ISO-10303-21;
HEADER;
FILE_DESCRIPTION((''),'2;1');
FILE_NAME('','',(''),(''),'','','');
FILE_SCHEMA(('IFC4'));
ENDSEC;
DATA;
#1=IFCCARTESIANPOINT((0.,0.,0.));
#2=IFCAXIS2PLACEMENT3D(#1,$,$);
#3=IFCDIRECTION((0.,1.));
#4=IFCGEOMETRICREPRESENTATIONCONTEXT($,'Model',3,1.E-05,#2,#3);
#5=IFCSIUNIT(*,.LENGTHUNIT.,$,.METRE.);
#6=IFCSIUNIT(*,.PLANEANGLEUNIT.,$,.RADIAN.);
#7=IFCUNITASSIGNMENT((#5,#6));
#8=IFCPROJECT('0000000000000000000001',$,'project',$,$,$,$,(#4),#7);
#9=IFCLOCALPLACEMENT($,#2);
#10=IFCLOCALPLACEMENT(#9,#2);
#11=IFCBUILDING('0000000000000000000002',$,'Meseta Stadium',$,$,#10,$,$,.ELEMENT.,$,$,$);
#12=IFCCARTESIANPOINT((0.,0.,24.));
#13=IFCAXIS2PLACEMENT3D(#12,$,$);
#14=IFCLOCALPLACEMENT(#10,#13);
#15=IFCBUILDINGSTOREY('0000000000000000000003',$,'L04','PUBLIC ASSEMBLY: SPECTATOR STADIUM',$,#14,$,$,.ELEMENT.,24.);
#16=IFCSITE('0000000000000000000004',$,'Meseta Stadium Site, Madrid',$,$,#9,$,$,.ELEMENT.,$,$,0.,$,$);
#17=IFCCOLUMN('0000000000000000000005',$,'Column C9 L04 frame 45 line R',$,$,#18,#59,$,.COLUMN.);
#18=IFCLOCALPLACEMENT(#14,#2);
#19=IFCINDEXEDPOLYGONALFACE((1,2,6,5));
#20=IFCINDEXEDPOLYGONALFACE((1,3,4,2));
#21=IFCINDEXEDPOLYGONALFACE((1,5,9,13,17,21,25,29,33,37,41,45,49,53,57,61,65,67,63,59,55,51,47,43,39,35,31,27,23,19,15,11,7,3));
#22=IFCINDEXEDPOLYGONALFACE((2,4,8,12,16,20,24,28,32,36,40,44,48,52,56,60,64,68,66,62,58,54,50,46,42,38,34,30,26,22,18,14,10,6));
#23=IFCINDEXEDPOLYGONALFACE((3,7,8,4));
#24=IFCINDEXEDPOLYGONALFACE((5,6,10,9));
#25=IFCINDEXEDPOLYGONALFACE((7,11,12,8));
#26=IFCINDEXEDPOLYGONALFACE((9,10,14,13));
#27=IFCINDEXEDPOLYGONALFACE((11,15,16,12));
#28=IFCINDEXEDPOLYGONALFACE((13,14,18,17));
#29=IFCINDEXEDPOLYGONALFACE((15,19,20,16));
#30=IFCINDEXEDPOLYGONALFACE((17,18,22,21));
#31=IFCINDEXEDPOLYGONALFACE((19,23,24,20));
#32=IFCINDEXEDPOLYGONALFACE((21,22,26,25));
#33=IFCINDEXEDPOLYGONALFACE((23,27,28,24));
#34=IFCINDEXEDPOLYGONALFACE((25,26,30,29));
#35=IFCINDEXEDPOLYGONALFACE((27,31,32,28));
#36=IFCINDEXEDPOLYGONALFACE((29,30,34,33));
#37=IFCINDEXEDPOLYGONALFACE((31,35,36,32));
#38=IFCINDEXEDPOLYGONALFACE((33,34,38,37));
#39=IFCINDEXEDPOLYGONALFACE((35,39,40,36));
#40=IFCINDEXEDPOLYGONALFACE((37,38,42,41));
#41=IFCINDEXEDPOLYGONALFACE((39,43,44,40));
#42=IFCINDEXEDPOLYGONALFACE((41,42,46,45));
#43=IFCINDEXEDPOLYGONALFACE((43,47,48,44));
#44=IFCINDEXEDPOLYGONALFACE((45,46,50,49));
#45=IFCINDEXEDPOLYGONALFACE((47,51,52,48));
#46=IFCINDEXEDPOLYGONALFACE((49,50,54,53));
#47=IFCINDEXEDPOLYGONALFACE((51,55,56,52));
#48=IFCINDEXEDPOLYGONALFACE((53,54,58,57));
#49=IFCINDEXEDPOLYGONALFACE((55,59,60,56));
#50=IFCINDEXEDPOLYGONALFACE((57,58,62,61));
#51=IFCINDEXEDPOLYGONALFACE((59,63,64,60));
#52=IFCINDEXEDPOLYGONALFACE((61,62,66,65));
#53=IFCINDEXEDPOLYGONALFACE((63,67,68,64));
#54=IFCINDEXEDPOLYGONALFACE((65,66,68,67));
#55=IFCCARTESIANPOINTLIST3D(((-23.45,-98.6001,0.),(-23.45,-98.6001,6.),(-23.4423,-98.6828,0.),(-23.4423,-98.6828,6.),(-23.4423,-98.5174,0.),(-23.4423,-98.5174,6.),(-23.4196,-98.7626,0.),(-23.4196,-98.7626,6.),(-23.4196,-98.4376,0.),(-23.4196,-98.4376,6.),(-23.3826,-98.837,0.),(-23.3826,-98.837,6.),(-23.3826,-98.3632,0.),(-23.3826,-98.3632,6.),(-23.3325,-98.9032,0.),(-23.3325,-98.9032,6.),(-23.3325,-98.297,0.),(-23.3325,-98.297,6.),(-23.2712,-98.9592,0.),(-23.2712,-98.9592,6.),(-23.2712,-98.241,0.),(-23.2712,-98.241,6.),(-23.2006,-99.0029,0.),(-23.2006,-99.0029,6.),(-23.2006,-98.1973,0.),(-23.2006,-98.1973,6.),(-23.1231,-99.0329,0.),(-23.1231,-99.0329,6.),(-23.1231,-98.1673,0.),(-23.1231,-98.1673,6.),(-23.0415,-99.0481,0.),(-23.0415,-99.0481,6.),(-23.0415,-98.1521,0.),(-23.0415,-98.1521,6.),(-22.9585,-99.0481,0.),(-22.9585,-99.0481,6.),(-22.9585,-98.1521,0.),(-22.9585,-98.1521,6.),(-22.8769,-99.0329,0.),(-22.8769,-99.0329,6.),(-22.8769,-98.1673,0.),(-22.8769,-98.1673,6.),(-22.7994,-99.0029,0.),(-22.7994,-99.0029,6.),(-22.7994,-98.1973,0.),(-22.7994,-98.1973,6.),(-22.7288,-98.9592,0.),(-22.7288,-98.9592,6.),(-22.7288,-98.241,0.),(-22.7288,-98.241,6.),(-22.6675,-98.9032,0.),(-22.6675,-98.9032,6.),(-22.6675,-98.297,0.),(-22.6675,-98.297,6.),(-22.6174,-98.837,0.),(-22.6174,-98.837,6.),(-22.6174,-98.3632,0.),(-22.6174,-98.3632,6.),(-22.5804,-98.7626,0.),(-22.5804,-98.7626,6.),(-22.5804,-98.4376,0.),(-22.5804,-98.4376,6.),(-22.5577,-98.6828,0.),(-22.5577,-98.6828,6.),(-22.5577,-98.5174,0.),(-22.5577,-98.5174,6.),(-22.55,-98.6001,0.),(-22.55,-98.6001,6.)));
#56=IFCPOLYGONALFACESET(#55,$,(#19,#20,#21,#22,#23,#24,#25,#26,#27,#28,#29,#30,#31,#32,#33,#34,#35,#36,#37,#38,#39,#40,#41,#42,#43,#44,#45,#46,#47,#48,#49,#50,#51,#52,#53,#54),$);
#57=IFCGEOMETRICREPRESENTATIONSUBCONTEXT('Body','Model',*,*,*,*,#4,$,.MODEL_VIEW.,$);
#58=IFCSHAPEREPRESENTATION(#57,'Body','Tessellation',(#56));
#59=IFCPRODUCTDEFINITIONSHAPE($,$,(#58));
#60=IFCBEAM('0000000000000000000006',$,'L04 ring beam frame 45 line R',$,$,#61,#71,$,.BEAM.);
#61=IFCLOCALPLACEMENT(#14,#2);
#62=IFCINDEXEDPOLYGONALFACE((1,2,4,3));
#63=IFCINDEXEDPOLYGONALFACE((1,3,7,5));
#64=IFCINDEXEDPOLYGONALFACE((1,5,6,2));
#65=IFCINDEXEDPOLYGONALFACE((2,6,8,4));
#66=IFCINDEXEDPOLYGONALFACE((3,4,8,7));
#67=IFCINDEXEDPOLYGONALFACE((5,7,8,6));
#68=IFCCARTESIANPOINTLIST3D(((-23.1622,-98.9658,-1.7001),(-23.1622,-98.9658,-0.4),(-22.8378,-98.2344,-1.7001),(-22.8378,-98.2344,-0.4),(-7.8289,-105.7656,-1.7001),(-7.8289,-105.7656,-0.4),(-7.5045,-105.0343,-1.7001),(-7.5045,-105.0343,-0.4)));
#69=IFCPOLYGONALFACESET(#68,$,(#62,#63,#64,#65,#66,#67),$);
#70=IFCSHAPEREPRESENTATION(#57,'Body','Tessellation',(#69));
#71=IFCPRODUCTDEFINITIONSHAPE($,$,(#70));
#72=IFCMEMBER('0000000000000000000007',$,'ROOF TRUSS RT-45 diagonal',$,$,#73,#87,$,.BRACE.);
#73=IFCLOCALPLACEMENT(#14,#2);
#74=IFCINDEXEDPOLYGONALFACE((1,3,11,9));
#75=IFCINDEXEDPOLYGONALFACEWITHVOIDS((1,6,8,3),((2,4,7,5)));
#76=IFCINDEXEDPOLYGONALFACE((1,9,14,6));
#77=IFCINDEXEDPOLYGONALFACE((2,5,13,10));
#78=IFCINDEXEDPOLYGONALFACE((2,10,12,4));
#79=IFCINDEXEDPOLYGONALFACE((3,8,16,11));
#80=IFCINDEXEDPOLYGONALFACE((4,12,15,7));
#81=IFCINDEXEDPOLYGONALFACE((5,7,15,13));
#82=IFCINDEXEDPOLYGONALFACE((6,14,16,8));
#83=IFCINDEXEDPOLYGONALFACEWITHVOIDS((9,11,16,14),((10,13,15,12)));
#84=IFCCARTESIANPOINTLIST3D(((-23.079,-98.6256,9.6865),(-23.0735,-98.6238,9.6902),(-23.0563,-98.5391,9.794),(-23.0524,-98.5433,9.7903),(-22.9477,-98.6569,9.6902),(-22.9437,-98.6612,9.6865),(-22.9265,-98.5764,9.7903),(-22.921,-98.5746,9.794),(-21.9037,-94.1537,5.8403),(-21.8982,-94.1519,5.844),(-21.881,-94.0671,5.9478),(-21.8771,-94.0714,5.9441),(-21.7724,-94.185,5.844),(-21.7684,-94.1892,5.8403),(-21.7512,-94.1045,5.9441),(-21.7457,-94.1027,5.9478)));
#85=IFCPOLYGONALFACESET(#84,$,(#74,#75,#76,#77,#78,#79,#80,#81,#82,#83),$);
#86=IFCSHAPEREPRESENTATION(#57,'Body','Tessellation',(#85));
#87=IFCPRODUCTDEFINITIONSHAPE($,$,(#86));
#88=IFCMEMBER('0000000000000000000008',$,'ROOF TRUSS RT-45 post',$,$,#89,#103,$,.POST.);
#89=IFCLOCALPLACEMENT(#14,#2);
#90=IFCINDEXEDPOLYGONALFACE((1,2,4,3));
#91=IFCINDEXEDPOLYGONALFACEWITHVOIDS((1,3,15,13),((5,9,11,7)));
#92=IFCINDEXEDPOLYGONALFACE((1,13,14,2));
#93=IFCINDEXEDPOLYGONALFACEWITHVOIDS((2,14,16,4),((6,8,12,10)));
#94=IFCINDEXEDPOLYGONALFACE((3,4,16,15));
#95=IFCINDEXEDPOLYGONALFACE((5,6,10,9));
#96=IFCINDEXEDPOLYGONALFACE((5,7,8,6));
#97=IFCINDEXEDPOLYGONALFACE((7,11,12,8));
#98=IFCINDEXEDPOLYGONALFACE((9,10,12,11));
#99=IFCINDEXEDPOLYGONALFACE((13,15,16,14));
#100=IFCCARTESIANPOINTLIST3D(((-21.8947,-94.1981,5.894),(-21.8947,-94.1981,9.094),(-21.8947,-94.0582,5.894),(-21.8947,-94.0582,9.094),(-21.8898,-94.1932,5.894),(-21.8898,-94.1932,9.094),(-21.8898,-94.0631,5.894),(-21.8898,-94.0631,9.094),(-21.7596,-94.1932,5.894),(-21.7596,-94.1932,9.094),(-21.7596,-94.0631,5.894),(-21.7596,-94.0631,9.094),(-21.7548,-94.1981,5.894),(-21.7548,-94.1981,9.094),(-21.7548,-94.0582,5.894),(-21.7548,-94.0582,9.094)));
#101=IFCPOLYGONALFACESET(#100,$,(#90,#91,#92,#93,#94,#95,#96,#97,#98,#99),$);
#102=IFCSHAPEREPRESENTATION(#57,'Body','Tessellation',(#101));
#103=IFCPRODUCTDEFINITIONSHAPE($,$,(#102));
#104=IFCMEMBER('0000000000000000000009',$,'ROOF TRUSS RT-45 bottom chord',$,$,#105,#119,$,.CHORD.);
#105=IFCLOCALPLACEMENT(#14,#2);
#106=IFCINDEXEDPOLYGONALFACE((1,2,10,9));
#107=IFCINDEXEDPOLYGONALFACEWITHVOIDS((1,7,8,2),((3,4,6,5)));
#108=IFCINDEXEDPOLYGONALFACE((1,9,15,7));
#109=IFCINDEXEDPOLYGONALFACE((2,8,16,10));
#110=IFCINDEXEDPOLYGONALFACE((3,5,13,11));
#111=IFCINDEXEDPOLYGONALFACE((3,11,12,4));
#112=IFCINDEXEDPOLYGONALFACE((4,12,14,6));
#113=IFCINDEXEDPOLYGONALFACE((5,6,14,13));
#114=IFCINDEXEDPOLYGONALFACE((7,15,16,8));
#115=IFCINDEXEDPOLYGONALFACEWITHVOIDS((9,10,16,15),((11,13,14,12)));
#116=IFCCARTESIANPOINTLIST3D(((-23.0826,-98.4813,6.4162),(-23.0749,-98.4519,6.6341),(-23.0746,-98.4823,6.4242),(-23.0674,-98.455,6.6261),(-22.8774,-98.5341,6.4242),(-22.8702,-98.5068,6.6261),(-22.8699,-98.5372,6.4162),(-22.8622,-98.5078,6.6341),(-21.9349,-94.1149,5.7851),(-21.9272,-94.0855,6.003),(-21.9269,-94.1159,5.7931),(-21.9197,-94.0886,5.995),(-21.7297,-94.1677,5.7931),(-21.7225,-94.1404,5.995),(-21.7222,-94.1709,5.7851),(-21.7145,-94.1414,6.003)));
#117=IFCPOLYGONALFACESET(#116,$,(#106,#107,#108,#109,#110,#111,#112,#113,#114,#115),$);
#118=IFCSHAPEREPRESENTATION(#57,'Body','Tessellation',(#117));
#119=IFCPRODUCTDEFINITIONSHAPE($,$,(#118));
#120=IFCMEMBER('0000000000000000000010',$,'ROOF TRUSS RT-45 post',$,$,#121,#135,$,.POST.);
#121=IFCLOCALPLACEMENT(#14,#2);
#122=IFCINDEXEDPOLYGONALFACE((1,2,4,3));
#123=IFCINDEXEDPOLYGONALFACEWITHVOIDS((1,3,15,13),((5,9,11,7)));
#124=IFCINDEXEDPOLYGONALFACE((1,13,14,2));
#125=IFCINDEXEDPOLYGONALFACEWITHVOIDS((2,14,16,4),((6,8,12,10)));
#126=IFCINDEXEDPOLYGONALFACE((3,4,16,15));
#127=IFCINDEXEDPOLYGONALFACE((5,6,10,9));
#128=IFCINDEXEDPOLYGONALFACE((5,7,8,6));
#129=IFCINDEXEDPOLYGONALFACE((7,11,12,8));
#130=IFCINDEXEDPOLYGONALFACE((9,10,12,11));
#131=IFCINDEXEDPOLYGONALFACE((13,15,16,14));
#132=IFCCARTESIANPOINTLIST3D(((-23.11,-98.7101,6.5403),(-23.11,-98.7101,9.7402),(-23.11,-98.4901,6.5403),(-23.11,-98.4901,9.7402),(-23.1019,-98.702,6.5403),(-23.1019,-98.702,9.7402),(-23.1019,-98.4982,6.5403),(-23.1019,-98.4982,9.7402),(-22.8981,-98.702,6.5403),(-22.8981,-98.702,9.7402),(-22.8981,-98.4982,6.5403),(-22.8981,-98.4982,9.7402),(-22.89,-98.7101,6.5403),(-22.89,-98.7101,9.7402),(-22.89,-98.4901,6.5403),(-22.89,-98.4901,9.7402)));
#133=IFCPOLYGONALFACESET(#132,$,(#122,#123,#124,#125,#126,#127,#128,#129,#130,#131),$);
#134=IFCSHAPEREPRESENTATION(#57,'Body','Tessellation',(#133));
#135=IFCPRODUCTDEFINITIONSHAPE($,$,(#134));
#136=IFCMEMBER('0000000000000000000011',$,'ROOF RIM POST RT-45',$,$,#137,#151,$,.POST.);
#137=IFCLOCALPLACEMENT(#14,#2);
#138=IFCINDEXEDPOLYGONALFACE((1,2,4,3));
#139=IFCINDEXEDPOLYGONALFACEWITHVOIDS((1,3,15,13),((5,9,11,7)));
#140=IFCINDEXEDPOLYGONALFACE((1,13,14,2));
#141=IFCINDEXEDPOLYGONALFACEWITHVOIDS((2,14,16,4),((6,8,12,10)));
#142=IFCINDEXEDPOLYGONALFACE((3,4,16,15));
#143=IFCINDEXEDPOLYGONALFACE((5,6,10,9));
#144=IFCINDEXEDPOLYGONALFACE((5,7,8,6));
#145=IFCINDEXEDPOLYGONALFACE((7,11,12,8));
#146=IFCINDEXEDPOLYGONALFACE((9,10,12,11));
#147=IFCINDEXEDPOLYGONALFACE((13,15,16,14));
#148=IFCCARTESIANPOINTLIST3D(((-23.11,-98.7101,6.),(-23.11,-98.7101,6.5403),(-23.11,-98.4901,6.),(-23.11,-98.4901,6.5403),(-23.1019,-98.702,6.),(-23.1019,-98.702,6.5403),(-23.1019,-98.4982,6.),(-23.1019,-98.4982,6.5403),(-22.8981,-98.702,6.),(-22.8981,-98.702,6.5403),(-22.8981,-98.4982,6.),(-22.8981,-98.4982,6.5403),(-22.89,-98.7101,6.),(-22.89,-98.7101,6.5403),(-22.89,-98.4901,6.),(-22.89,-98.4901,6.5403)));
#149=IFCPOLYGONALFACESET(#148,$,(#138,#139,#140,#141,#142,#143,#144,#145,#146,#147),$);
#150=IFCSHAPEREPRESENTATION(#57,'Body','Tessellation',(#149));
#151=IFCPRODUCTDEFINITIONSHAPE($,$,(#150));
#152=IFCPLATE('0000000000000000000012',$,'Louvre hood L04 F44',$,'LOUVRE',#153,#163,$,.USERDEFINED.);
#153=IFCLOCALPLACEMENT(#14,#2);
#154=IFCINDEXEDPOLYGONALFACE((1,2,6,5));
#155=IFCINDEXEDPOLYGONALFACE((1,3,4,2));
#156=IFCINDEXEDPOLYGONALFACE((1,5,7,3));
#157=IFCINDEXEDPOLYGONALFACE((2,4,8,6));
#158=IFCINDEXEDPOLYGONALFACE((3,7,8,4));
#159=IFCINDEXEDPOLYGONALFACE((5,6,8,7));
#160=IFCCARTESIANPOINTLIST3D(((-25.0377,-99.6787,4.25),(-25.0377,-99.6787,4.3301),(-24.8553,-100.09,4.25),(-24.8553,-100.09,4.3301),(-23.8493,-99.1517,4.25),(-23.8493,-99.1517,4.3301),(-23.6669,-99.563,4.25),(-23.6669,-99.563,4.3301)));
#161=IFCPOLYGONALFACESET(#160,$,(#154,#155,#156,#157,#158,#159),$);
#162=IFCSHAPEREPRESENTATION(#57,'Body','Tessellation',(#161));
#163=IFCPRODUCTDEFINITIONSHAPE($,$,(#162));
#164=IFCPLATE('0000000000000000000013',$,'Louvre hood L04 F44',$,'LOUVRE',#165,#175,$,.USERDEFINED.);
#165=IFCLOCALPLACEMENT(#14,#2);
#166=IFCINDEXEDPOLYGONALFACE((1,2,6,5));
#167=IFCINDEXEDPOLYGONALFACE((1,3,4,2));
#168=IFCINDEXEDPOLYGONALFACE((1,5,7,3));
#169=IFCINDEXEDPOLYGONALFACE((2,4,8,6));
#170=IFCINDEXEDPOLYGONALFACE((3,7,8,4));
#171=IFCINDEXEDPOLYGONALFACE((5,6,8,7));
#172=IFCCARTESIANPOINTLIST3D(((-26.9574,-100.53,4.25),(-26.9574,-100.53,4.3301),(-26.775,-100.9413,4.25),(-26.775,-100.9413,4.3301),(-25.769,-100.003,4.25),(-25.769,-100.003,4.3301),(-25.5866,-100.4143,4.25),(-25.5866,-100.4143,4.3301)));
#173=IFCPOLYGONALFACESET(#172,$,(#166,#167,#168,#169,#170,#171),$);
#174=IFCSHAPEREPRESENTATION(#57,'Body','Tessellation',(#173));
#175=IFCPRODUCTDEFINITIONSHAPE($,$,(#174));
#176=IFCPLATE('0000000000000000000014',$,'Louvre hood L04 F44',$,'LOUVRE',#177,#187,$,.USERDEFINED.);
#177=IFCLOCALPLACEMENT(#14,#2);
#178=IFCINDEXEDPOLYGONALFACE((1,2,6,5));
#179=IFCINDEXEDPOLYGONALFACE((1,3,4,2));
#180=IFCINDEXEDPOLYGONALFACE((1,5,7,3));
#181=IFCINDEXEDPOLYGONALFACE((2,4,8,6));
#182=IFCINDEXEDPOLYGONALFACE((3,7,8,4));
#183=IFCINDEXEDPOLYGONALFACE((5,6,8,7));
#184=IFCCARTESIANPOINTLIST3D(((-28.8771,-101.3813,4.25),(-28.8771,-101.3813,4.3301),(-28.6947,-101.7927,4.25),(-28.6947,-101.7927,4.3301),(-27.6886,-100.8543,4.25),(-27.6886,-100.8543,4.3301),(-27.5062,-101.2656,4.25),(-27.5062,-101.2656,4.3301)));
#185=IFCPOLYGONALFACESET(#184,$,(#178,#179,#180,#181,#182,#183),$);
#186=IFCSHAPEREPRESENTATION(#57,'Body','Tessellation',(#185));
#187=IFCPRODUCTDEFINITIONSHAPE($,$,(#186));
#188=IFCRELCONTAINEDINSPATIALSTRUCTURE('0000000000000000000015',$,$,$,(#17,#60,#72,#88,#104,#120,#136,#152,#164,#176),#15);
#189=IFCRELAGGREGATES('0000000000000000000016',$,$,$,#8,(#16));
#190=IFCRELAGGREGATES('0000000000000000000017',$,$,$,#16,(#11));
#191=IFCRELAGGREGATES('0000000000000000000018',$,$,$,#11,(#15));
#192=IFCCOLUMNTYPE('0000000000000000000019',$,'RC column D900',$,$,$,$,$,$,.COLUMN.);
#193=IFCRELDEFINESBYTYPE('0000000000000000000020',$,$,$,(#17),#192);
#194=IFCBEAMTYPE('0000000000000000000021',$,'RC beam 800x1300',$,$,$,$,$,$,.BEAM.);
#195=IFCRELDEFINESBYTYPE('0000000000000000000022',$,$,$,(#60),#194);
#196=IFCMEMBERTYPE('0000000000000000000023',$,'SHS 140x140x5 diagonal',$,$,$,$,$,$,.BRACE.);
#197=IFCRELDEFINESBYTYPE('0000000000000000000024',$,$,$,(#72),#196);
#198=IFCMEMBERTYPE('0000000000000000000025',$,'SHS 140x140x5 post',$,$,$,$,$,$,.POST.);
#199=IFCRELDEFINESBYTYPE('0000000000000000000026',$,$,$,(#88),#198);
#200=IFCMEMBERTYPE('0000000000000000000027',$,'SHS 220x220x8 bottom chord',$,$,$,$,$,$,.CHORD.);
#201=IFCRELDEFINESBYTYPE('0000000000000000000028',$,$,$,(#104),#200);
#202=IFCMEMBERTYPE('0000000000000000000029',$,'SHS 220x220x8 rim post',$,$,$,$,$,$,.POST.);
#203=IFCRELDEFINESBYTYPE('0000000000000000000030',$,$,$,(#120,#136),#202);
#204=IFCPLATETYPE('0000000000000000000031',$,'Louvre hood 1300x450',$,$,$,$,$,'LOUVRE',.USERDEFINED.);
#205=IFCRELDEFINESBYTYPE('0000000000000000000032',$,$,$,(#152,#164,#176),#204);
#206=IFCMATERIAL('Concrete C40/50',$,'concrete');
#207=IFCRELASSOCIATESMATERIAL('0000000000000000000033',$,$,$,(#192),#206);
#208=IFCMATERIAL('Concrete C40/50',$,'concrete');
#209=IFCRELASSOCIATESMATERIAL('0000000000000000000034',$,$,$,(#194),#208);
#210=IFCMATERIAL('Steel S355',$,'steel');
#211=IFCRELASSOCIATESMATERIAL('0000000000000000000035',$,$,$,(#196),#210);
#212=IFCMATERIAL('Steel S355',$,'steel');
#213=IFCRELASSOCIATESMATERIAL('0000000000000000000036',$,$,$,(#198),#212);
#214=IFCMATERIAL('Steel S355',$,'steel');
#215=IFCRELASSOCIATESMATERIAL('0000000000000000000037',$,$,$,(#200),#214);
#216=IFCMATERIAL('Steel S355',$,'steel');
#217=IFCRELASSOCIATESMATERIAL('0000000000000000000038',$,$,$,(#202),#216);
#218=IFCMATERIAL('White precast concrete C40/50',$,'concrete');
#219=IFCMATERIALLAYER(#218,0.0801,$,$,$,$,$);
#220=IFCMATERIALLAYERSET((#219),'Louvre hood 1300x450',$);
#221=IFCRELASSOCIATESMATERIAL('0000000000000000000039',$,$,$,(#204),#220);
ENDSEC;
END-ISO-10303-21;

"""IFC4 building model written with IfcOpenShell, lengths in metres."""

from ifc_helpers import new_model, si_unit, direction, frame, origin, origin_2d, place, context, subcontext, project, spatial, rectangle, hollow_rectangle, circle, extrude, material, layer, layer_set, material_profile, profile_set, type_object, element, save


model = new_model("IFC4")

# Units and contexts
model_context = context("Model", 3, precision=1e-05, world=origin(), true_north=direction((0.0, 1.0)))
body_context = subcontext(model_context, "Body", "Model", "MODEL_VIEW")
ifc_project = project(units=[si_unit("LENGTHUNIT", "METRE"), si_unit("PLANEANGLEUNIT", "RADIAN")], contexts=[model_context])

# Site, building, storey
site_placement = place(None, origin())
site = spatial("IfcSite", under=ifc_project, at=site_placement, Name="Meseta Stadium Site, Madrid", CompositionType="ELEMENT", RefElevation=0.0)
building_placement = place(site_placement, origin())
building = spatial("IfcBuilding", under=site, at=building_placement, Name="Meseta Stadium", CompositionType="ELEMENT")
storey_placement = place(building_placement, frame((0.0, 0.0, 24.0)))
storey = spatial("IfcBuildingStorey", under=building, at=storey_placement, Name="L04", Description="PUBLIC ASSEMBLY: SPECTATOR STADIUM", CompositionType="ELEMENT", Elevation=24.0)

# Column
ifc_material_1 = material(Name="Concrete C40/50", Category="concrete")
ifc_material_profile_1 = material_profile(ifc_material_1, circle(Radius=0.45, at=origin_2d()), Name="RC D900")
ifc_profile_set_1 = profile_set([ifc_material_profile_1], Name="Concrete C40/50")
column_type = type_object("IfcColumnType", Name="RC column D900", PredefinedType="COLUMN", material=ifc_profile_set_1)
column_placement = place(storey_placement, frame((-23.0, -98.6001, 0.0), z_axis=(0.0, 0.0, 1.0), x_axis=(1.0, 0.0, 0.0)))
element("IfcColumn", 1, at=column_placement, inside=storey, type_object=column_type, Name="Column C9 L04 frame 45 line R", PredefinedType="COLUMN", context=body_context, shape_type="SweptSolid", body=[
    extrude(circle(Radius=0.45, at=origin_2d()), origin(), (0.0, 0.0, 1.0), 6.0),
])

# Beam
ifc_material_2 = material(Name="Concrete C40/50", Category="concrete")
ifc_material_profile_2 = material_profile(ifc_material_2, rectangle(XDim=0.8, YDim=1.3, at=origin_2d()), Name="RC 800x1300")
ifc_profile_set_2 = profile_set([ifc_material_profile_2], Name="Concrete C40/50")
beam_type = type_object("IfcBeamType", Name="RC beam 800x1300", PredefinedType="BEAM", material=ifc_profile_set_2)
beam_placement = place(storey_placement, frame((-23.0, -98.6001, -1.05), z_axis=(0.914143, -0.405393, 0.0), x_axis=(0.405393, 0.914143, 0.0)))
element("IfcBeam", 2, at=beam_placement, inside=storey, type_object=beam_type, Name="L04 ring beam frame 45 line R", PredefinedType="BEAM", context=body_context, shape_type="SweptSolid", body=[
    extrude(rectangle(XDim=0.8, YDim=1.3, at=origin_2d()), origin(), (0.0, 0.0, 1.0), 16.7734),
])

# Members
ifc_material_3 = material(Name="Steel S355", Category="steel")
ifc_material_profile_3 = material_profile(ifc_material_3, hollow_rectangle(XDim=0.1399, YDim=0.1399, WallThickness=0.0049, at=origin_2d()), Name="SHS 140x140x5")
ifc_profile_set_3 = profile_set([ifc_material_profile_3], Name="Steel S355")
member_type_1 = type_object("IfcMemberType", Name="SHS 140x140x5 diagonal", PredefinedType="BRACE", material=ifc_profile_set_3)
member_1_placement = place(storey_placement, frame((-21.8247, -94.1282, 5.894), z_axis=(-0.195414, -0.74354, 0.639501), x_axis=(0.967156, -0.254184, 0.0)))
element("IfcMember", 3, at=member_1_placement, inside=storey, type_object=member_type_1, Name="ROOF TRUSS RT-45 diagonal", PredefinedType="BRACE", context=body_context, shape_type="SweptSolid", body=[
    extrude(hollow_rectangle(XDim=0.1399, YDim=0.1399, WallThickness=0.0049, at=origin_2d()), origin(), (0.0, 0.0, 1.0), 6.0144),
])
ifc_material_4 = material(Name="Steel S355", Category="steel")
ifc_material_profile_4 = material_profile(ifc_material_4, hollow_rectangle(XDim=0.1399, YDim=0.1399, WallThickness=0.0049, at=origin_2d()), Name="SHS 140x140x5")
ifc_profile_set_4 = profile_set([ifc_material_profile_4], Name="Steel S355")
member_type_2 = type_object("IfcMemberType", Name="SHS 140x140x5 post", PredefinedType="POST", material=ifc_profile_set_4)
member_2_placement = place(storey_placement, frame((-21.8247, -94.1282, 5.894), z_axis=(0.0, 0.0, 1.0), x_axis=(1.0, 0.0, 0.0)))
element("IfcMember", 4, at=member_2_placement, inside=storey, type_object=member_type_2, Name="ROOF TRUSS RT-45 post", PredefinedType="POST", context=body_context, shape_type="SweptSolid", body=[
    extrude(hollow_rectangle(XDim=0.1399, YDim=0.1399, WallThickness=0.0049, at=origin_2d()), origin(), (0.0, 0.0, 1.0), 3.2),
])
ifc_material_5 = material(Name="Steel S355", Category="steel")
ifc_material_profile_5 = material_profile(ifc_material_5, hollow_rectangle(XDim=0.22, YDim=0.22, WallThickness=0.0081, at=origin_2d()), Name="SHS 220x220x8")
ifc_profile_set_5 = profile_set([ifc_material_profile_5], Name="Steel S355")
member_type_3 = type_object("IfcMemberType", Name="SHS 220x220x8 bottom chord", PredefinedType="CHORD", material=ifc_profile_set_5)
member_3_placement = place(storey_placement, frame((-21.8247, -94.1282, 5.894), z_axis=(-0.251763, -0.957836, 0.13844), x_axis=(0.967149, -0.254211, 0.0)))
element("IfcMember", 5, at=member_3_placement, inside=storey, type_object=member_type_3, Name="ROOF TRUSS RT-45 bottom chord", PredefinedType="CHORD", context=body_context, shape_type="SweptSolid", body=[
    extrude(hollow_rectangle(XDim=0.22, YDim=0.22, WallThickness=0.0081, at=origin_2d()), origin(), (0.0, 0.0, 1.0), 4.5586),
])
ifc_material_6 = material(Name="Steel S355", Category="steel")
ifc_material_profile_6 = material_profile(ifc_material_6, hollow_rectangle(XDim=0.22, YDim=0.22, WallThickness=0.0081, at=origin_2d()), Name="SHS 220x220x8")
ifc_profile_set_6 = profile_set([ifc_material_profile_6], Name="Steel S355")
member_type_4 = type_object("IfcMemberType", Name="SHS 220x220x8 rim post", PredefinedType="POST", material=ifc_profile_set_6)
member_4_placement = place(storey_placement, frame((-23.0, -98.6001, 6.5403), z_axis=(0.0, 0.0, 1.0), x_axis=(1.0, 0.0, 0.0)))
element("IfcMember", 6, at=member_4_placement, inside=storey, type_object=member_type_4, Name="ROOF TRUSS RT-45 post", PredefinedType="POST", context=body_context, shape_type="SweptSolid", body=[
    extrude(hollow_rectangle(XDim=0.22, YDim=0.22, WallThickness=0.0081, at=origin_2d()), origin(), (0.0, 0.0, 1.0), 3.2),
])
member_5_placement = place(storey_placement, frame((-23.0, -98.6001, 6.0), z_axis=(0.0, 0.0, 1.0), x_axis=(1.0, 0.0, 0.0)))
element("IfcMember", 7, at=member_5_placement, inside=storey, type_object=member_type_4, Name="ROOF RIM POST RT-45", PredefinedType="POST", context=body_context, shape_type="SweptSolid", body=[
    extrude(hollow_rectangle(XDim=0.22, YDim=0.22, WallThickness=0.0081, at=origin_2d()), origin(), (0.0, 0.0, 1.0), 0.5403),
])

# Plates
ifc_material_7 = material(Name="White precast concrete C40/50", Category="concrete")
ifc_layer_1 = layer(ifc_material_7, 0.0801)
ifc_layer_set_1 = layer_set([ifc_layer_1], Name="Louvre hood 1300x450")
plate_type_1 = type_object("IfcPlateType", Name="Louvre hood 1300x450", ElementType="LOUVRE", PredefinedType="USERDEFINED", material=ifc_layer_set_1)
for number, where, z_axis, x_axis, name in (
    (8, (-24.3523, -99.6208, 4.25), (0.0, 0.0, 1.0), (0.914139, 0.405401, 0.0), "Louvre hood L04 F44"),
    (9, (-26.272, -100.4722, 4.25), (0.0, 0.0, 1.0), (0.914139, 0.405401, 0.0), "Louvre hood L04 F44"),
    (10, (-28.1917, -101.3235, 4.25), (0.0, 0.0, 1.0), (0.914139, 0.405401, 0.0), "Louvre hood L04 F44"),
):
    element("IfcPlate", number, at=place(storey_placement, frame(where, z_axis=z_axis, x_axis=x_axis)), inside=storey, type_object=plate_type_1, Name=name, ObjectType="LOUVRE", PredefinedType="USERDEFINED", context=body_context, shape_type="SweptSolid", body=[
        extrude(rectangle(XDim=1.3, YDim=0.45, at=origin_2d()), origin(), (0.0, 0.0, 1.0), 0.0801),
    ])

save(model, "model.ifc")
